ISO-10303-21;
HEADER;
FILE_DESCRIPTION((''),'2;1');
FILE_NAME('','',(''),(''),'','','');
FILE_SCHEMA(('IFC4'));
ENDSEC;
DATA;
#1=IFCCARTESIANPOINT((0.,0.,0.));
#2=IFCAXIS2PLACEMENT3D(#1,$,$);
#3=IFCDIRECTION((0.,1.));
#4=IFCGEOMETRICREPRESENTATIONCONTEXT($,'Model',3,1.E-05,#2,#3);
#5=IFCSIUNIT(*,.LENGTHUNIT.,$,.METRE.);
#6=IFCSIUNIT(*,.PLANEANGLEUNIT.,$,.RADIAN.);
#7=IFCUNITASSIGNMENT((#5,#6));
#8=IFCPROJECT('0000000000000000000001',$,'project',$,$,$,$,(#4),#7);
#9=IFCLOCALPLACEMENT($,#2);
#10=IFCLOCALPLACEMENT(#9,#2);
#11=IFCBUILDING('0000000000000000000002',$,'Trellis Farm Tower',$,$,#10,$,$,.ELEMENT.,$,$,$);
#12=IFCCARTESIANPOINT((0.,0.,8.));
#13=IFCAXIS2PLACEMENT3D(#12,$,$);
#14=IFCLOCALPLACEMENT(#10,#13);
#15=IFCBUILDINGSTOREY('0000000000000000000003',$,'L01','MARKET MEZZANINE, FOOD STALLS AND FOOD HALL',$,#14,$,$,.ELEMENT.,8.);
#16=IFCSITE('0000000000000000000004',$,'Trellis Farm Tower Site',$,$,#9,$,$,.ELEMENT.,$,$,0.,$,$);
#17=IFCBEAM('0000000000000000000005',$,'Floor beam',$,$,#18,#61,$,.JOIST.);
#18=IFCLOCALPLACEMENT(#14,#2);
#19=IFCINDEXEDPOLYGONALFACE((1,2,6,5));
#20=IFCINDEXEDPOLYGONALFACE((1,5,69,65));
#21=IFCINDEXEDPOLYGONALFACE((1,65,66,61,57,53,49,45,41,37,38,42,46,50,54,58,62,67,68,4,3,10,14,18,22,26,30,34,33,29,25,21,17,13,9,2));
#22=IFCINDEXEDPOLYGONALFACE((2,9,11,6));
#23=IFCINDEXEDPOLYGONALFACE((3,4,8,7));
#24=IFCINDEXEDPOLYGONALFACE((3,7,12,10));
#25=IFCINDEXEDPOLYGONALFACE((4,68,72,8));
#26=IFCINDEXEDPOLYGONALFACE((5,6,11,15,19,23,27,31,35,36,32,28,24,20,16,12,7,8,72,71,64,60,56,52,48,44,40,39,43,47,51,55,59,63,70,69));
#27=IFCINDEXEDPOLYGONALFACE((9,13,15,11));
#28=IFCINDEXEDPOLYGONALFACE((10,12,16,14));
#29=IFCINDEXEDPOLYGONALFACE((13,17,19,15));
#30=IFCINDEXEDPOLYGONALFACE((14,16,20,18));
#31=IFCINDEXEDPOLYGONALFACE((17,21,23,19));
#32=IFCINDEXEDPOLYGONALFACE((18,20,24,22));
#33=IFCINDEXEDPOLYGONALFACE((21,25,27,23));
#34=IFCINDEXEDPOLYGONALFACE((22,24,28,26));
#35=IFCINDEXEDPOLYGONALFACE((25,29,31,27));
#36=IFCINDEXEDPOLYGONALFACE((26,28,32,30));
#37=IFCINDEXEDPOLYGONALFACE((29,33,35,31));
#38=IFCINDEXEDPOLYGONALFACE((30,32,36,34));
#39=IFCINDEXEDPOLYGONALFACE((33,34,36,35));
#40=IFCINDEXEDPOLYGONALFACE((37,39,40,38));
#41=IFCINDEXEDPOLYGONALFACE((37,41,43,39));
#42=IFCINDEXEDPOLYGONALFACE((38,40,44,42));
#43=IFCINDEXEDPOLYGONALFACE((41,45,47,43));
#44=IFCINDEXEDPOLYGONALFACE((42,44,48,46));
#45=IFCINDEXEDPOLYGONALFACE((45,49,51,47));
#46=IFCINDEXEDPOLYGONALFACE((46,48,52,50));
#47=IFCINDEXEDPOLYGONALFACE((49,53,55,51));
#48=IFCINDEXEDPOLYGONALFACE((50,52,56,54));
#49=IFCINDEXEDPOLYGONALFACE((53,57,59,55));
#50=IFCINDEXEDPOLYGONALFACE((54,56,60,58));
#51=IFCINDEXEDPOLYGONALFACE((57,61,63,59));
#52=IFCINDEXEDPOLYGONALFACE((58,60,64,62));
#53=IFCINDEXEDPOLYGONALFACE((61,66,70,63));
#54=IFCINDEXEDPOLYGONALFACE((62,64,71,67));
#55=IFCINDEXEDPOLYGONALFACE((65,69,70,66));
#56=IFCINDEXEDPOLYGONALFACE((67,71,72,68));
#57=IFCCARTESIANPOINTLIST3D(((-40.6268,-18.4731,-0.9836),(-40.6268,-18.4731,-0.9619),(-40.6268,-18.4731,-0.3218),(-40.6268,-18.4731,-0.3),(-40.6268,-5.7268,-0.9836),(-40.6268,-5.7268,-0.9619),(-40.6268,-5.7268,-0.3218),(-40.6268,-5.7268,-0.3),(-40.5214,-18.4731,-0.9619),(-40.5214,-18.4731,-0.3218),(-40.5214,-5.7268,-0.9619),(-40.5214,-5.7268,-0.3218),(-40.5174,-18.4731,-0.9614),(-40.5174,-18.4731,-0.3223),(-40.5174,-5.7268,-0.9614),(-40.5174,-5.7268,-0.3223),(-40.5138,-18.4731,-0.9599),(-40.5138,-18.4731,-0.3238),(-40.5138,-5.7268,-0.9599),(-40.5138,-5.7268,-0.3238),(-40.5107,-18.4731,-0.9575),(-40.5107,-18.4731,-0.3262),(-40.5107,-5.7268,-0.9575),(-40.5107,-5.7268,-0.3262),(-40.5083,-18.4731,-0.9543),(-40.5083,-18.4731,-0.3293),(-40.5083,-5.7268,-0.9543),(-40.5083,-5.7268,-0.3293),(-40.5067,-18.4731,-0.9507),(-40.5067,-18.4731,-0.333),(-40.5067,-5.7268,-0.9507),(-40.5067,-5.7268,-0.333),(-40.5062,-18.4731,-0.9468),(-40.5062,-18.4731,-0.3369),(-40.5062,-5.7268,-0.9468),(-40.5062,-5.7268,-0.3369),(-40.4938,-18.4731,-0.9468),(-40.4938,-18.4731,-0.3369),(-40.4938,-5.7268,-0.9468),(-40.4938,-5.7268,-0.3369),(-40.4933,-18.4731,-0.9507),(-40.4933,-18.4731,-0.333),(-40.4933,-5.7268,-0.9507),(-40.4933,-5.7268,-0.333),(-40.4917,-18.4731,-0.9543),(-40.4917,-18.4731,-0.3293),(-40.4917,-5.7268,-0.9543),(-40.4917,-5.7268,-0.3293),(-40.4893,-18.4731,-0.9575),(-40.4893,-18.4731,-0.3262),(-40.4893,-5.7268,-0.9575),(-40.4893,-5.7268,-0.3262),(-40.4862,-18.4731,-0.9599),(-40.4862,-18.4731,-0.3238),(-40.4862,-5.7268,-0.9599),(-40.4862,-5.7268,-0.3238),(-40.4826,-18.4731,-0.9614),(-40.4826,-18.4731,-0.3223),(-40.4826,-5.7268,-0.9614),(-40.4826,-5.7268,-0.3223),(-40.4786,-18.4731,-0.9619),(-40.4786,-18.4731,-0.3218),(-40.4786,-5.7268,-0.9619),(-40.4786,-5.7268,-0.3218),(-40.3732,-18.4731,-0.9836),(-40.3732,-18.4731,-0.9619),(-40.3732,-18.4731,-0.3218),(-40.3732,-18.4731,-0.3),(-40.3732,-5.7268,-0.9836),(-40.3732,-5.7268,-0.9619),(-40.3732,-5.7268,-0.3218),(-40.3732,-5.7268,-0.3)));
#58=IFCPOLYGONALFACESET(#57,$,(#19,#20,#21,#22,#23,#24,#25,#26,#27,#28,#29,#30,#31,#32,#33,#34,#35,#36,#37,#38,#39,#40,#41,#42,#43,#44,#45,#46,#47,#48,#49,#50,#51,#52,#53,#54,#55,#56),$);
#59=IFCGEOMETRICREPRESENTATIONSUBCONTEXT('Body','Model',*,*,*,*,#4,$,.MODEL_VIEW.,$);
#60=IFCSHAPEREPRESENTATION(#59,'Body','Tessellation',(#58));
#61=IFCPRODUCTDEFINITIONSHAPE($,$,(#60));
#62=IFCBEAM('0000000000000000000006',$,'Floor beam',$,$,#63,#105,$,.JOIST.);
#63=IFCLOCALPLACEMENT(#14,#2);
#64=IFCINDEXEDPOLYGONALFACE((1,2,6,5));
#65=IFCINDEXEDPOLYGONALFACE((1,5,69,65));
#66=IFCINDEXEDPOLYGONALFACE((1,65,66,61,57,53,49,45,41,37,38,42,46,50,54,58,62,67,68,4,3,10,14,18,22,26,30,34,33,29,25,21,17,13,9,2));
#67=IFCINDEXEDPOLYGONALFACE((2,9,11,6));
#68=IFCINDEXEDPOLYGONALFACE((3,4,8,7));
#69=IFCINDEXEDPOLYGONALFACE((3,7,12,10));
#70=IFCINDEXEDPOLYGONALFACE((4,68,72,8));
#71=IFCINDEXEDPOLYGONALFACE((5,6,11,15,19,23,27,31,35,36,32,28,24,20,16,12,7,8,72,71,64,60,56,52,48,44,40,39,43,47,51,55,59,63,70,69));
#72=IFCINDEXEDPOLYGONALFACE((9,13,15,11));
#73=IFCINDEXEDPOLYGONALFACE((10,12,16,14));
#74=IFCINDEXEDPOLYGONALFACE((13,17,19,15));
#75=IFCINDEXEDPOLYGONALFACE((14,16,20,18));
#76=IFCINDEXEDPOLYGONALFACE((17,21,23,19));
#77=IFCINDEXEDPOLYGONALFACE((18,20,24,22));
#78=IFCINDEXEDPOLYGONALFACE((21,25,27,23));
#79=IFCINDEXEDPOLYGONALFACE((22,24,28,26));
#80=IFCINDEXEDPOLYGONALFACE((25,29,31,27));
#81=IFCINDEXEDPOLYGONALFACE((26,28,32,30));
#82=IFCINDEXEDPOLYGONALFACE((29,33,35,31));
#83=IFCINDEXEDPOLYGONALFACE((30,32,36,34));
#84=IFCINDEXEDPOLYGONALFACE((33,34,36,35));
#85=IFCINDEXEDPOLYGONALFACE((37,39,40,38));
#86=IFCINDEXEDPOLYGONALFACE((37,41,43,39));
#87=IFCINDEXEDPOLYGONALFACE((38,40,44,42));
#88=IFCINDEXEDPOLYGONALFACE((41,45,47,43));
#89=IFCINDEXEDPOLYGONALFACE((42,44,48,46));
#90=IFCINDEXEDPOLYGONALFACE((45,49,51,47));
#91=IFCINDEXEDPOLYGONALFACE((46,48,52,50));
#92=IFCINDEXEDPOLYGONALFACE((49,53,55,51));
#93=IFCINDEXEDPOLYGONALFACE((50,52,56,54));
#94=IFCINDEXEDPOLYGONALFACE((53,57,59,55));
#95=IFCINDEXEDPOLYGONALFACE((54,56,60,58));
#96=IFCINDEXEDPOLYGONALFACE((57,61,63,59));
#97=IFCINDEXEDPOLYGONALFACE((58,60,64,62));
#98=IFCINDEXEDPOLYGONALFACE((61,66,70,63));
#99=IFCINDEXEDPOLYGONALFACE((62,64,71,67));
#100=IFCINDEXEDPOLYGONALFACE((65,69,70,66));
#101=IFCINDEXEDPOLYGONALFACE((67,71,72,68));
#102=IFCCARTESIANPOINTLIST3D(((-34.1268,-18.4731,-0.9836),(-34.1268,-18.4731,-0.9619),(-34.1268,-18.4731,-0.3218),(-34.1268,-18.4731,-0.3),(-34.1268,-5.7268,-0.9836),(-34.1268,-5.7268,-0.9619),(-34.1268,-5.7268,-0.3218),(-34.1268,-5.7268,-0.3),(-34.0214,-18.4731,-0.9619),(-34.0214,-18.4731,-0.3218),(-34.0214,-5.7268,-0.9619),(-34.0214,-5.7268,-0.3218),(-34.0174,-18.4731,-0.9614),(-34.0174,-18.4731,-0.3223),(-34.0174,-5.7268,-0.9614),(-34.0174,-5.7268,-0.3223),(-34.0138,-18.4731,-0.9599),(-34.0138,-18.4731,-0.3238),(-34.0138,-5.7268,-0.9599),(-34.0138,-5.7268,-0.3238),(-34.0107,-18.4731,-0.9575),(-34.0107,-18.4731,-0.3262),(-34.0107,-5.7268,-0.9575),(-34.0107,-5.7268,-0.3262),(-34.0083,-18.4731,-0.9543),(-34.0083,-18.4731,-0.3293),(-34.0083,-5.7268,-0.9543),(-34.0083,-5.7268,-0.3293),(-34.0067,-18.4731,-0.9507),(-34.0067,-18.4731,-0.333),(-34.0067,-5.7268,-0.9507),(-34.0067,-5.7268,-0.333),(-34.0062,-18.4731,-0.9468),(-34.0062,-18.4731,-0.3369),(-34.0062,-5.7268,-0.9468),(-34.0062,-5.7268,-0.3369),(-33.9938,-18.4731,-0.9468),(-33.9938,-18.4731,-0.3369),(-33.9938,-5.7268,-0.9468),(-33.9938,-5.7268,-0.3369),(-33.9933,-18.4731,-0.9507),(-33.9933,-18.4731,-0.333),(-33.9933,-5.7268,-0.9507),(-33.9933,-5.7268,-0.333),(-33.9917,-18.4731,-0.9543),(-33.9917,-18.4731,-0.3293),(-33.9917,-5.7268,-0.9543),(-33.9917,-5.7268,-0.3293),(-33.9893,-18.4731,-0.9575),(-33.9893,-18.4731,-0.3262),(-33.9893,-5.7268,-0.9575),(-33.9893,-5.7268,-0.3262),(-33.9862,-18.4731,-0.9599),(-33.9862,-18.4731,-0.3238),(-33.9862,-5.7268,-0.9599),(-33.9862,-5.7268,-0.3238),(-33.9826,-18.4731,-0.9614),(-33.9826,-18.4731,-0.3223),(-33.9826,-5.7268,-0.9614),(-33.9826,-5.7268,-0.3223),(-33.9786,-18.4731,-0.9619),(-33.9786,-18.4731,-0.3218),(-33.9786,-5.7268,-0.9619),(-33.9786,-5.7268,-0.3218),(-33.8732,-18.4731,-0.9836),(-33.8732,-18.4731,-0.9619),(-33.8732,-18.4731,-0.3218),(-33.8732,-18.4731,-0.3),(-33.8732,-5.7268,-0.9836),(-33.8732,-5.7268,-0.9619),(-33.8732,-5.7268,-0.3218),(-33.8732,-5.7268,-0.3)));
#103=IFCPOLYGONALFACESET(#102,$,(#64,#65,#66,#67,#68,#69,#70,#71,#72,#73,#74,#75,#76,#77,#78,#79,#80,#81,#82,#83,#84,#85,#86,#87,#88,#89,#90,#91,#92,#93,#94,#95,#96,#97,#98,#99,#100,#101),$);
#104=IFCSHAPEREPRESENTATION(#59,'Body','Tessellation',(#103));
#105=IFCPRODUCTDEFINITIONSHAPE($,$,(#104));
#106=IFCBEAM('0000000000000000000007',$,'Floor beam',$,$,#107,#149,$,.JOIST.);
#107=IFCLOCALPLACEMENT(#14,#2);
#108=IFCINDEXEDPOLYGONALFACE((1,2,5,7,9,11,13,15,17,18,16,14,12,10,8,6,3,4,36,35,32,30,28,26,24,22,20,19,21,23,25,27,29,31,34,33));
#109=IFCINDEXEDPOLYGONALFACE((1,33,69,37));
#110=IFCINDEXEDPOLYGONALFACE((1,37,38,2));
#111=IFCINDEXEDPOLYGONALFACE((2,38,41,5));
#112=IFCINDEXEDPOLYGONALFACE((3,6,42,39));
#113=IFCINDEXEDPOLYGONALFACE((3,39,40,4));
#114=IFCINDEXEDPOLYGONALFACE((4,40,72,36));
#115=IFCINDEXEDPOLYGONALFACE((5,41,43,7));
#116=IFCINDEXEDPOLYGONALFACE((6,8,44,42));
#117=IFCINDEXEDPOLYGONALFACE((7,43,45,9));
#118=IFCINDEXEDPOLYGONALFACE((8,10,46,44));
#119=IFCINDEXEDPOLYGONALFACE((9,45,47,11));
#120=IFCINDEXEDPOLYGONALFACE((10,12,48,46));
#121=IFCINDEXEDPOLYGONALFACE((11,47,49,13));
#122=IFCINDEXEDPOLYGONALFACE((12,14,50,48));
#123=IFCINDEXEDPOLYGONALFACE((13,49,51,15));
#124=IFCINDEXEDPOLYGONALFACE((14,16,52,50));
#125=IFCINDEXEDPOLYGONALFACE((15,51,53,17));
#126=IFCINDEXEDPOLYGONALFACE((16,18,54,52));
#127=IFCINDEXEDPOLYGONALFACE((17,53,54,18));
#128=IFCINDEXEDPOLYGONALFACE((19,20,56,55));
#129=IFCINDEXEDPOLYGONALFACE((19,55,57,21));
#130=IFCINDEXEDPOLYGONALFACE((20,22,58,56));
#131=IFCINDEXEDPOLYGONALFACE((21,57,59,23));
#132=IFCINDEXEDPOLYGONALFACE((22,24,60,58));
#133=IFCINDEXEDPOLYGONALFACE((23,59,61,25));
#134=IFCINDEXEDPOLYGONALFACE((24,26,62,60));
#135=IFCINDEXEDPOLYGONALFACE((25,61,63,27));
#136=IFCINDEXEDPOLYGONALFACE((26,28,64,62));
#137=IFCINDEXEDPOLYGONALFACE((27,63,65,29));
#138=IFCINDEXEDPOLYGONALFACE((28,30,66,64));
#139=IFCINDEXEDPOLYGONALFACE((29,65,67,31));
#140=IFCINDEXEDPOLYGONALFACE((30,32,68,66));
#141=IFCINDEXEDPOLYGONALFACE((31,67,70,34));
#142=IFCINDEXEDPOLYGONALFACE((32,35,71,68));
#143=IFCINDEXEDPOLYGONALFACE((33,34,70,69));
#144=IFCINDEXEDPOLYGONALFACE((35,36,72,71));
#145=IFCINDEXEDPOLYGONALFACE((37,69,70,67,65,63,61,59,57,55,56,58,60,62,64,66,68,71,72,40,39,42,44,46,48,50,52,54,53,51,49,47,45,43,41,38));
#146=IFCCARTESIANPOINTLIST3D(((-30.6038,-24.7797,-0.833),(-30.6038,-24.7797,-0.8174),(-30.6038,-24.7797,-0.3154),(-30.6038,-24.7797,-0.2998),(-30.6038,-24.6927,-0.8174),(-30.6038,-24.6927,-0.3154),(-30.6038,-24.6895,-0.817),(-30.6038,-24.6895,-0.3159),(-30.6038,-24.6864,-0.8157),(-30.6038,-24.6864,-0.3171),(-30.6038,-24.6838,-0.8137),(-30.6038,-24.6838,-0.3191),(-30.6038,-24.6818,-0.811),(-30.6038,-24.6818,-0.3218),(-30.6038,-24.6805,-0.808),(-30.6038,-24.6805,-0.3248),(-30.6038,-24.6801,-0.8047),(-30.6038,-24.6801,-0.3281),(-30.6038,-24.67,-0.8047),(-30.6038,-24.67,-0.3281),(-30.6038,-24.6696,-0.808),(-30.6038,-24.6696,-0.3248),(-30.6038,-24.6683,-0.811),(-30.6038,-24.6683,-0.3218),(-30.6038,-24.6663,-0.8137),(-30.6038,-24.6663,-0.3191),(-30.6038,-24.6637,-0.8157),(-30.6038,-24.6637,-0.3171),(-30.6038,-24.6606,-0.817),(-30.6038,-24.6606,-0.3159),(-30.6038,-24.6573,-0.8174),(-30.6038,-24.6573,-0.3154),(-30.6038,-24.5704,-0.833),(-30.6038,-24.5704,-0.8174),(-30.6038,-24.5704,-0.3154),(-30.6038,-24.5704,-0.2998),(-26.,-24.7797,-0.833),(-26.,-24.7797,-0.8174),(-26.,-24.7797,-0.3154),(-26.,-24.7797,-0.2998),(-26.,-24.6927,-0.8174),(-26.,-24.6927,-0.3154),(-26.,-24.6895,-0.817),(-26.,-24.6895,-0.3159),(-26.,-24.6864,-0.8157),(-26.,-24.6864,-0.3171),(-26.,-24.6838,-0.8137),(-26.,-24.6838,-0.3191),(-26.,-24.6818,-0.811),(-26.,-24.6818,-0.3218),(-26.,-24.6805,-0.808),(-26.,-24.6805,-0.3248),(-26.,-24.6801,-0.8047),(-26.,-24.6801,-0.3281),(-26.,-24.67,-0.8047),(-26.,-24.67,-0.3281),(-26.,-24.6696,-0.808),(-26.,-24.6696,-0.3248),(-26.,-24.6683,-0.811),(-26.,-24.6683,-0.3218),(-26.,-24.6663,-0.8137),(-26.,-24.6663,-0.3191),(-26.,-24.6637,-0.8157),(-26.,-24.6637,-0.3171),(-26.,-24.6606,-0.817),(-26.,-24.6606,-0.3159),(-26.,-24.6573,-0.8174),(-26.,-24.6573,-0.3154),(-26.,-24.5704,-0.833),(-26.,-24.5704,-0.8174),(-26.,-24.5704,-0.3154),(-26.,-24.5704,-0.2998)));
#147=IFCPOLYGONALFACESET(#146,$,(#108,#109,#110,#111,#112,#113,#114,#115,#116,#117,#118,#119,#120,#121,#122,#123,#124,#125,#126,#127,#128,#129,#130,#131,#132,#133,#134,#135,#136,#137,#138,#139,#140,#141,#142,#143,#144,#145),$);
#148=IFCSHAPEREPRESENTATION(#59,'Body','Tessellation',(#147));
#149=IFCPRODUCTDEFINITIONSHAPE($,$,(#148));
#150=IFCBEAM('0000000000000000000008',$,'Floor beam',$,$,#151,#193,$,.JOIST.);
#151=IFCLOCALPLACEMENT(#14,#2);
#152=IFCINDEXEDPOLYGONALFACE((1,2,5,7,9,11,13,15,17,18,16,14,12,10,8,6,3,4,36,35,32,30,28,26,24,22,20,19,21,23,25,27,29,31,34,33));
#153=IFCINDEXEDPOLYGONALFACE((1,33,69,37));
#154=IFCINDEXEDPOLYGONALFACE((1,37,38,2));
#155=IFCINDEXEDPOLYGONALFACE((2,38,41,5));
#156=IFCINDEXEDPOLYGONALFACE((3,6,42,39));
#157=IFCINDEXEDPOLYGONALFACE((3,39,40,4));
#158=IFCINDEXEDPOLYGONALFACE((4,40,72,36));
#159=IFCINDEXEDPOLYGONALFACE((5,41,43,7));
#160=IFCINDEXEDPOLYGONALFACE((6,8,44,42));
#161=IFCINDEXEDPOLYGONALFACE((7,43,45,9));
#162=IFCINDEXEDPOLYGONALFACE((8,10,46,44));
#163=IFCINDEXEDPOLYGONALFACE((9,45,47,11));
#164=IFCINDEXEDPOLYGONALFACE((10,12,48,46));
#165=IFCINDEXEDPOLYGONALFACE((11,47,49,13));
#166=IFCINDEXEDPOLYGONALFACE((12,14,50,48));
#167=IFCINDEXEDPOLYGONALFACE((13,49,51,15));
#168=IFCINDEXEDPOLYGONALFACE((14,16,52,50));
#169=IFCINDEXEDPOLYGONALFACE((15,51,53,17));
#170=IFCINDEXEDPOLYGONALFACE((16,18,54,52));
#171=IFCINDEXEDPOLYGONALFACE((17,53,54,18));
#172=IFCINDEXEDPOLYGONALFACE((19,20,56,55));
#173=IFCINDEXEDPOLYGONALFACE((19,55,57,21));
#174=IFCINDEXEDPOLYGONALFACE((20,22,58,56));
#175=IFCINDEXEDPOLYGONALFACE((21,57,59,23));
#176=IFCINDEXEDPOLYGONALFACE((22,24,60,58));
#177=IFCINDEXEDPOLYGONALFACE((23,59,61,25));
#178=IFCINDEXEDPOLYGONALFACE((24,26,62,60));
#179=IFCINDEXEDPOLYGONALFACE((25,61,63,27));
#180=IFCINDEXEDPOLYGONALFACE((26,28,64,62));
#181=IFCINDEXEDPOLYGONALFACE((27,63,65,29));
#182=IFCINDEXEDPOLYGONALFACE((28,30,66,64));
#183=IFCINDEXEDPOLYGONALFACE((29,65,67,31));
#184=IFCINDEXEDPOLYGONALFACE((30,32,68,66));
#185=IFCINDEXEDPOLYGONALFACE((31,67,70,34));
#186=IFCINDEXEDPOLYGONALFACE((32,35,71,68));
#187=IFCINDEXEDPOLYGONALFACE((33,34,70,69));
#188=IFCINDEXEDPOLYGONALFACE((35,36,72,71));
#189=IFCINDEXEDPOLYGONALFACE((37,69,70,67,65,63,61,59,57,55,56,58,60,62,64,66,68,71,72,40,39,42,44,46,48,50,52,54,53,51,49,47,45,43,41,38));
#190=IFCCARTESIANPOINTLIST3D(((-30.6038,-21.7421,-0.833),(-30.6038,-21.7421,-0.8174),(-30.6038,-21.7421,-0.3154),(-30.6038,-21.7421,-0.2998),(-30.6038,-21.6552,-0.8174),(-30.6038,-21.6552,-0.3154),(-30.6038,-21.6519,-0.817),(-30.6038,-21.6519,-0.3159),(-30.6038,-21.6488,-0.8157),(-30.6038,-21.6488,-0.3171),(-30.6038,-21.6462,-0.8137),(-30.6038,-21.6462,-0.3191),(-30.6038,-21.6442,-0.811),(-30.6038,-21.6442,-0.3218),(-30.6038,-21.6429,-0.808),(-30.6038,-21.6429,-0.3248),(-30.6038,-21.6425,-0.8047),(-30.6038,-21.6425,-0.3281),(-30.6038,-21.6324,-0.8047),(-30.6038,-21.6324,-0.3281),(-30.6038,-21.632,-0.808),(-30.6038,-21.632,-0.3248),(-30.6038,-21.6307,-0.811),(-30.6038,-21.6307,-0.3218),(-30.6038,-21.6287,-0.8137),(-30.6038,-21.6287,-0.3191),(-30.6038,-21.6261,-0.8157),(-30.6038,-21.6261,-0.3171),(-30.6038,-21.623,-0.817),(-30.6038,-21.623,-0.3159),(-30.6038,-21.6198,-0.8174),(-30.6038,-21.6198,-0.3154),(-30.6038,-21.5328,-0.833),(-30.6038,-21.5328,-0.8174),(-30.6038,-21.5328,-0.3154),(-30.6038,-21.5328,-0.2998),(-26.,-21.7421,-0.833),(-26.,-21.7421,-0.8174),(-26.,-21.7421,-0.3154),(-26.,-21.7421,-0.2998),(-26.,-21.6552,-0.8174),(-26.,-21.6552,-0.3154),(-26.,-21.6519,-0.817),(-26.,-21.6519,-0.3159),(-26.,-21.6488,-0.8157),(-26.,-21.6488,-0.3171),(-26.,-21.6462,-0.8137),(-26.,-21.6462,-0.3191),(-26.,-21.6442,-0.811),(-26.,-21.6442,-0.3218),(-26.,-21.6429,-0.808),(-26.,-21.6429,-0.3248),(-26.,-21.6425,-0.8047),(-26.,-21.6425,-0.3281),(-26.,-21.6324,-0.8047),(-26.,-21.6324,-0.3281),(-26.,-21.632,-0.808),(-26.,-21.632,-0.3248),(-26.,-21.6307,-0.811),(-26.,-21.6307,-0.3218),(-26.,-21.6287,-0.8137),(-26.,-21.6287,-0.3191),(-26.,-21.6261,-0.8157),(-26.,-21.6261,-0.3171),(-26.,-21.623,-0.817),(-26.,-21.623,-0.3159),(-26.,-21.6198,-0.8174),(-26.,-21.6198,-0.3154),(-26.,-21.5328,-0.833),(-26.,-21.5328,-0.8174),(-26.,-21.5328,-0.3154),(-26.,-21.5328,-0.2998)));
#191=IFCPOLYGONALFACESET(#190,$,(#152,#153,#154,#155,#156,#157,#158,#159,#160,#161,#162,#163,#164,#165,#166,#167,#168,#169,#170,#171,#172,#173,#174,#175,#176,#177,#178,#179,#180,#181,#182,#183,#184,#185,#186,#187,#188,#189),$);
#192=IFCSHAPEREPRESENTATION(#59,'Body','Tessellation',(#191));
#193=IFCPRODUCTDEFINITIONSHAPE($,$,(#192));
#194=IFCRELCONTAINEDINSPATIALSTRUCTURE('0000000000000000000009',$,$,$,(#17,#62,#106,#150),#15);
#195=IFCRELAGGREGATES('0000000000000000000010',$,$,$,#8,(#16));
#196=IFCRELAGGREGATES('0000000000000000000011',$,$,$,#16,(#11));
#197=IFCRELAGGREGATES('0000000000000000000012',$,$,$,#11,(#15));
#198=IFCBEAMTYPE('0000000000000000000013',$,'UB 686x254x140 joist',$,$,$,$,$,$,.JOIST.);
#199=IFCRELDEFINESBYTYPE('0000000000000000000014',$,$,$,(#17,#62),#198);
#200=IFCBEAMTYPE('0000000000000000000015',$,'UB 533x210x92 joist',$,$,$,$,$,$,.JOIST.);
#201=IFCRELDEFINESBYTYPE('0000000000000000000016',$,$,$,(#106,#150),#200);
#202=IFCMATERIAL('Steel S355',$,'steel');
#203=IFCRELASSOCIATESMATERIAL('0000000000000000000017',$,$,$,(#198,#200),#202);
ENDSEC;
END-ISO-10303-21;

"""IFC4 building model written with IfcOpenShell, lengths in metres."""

from ifc_helpers import new_model, si_unit, direction, frame, origin, origin_2d, place, context, subcontext, project, spatial, i_section, extrude, source, transform, mapped, material, material_profile, profile_set, type_object, element, save


model = new_model("IFC4")

# Units and contexts
model_context = context("Model", 3, precision=1e-05, world=origin(), true_north=direction((0.0, 1.0)))
body_context = subcontext(model_context, "Body", "Model", "MODEL_VIEW")
ifc_project = project(units=[si_unit("LENGTHUNIT", "METRE"), si_unit("PLANEANGLEUNIT", "RADIAN")], contexts=[model_context])

# Site, building, storey
site_placement = place(None, origin())
site = spatial("IfcSite", under=ifc_project, at=site_placement, Name="Trellis Farm Tower Site", CompositionType="ELEMENT", RefElevation=0.0)
building_placement = place(site_placement, origin())
building = spatial("IfcBuilding", under=site, at=building_placement, Name="Trellis Farm Tower", CompositionType="ELEMENT")
storey_placement = place(building_placement, frame((0.0, 0.0, 8.0)))
storey = spatial("IfcBuildingStorey", under=building, at=storey_placement, Name="L01", Description="MARKET MEZZANINE, FOOD STALLS AND FOOD HALL", CompositionType="ELEMENT", Elevation=8.0)

# Beams
ifc_material_1 = material(Name="Steel S355", Category="steel")
ifc_material_profile_1 = material_profile(ifc_material_1, i_section(OverallWidth=0.2537, OverallDepth=0.6836, WebThickness=0.0125, FlangeThickness=0.0217, FilletRadius=0.0151, at=origin_2d()), Name="UB 686x254x140")
ifc_profile_set_1 = profile_set([ifc_material_profile_1], Name="Steel S355")
beam_type_1 = type_object("IfcBeamType", Name="UB 686x254x140 joist", PredefinedType="JOIST", material=ifc_profile_set_1)
shared_shape_1 = source(origin(), body_context, "Body", "SweptSolid", [
    extrude(i_section(OverallWidth=0.2537, OverallDepth=0.6836, WebThickness=0.0125, FlangeThickness=0.0217, FilletRadius=0.0151, at=origin_2d()), origin(), (0.0, 0.0, 1.0), 12.7463),
])
for number, where, z_axis, x_axis, name in (
    (1, (-40.5, -18.4731, -0.6418), (0.0, 1.0, 0.0), (-1.0, 0.0, 0.0), "Floor beam"),
    (2, (-34.0, -18.4731, -0.6418), (0.0, 1.0, 0.0), (-1.0, 0.0, 0.0), "Floor beam"),
):
    element("IfcBeam", number, at=place(storey_placement, frame(where, z_axis=z_axis, x_axis=x_axis)), inside=storey, type_object=beam_type_1, Name=name, PredefinedType="JOIST", context=body_context, shape_type="MappedRepresentation", body=[
        mapped(shared_shape_1, transform((0.0, 0.0, 0.0))),
    ])
ifc_material_profile_2 = material_profile(ifc_material_1, i_section(OverallWidth=0.2092, OverallDepth=0.5332, WebThickness=0.01, FlangeThickness=0.0156, FilletRadius=0.0127, at=origin_2d()), Name="UB 533x210x92")
ifc_profile_set_2 = profile_set([ifc_material_profile_2], Name="Steel S355")
beam_type_2 = type_object("IfcBeamType", Name="UB 533x210x92 joist", PredefinedType="JOIST", material=ifc_profile_set_2)
shared_shape_2 = source(origin(), body_context, "Body", "SweptSolid", [
    extrude(i_section(OverallWidth=0.2092, OverallDepth=0.5332, WebThickness=0.01, FlangeThickness=0.0156, FilletRadius=0.0127, at=origin_2d()), origin(), (0.0, 0.0, 1.0), 4.6038),
])
for number, where, z_axis, x_axis, name in (
    (3, (-30.6038, -24.675, -0.5664), (1.0, 0.0, 0.0), (0.0, 1.0, 0.0), "Floor beam"),
    (4, (-30.6038, -21.6375, -0.5664), (1.0, 0.0, 0.0), (0.0, 1.0, 0.0), "Floor beam"),
):
    element("IfcBeam", number, at=place(storey_placement, frame(where, z_axis=z_axis, x_axis=x_axis)), inside=storey, type_object=beam_type_2, Name=name, PredefinedType="JOIST", context=body_context, shape_type="MappedRepresentation", body=[
        mapped(shared_shape_2, transform((0.0, 0.0, 0.0))),
    ])

save(model, "model.ifc")
